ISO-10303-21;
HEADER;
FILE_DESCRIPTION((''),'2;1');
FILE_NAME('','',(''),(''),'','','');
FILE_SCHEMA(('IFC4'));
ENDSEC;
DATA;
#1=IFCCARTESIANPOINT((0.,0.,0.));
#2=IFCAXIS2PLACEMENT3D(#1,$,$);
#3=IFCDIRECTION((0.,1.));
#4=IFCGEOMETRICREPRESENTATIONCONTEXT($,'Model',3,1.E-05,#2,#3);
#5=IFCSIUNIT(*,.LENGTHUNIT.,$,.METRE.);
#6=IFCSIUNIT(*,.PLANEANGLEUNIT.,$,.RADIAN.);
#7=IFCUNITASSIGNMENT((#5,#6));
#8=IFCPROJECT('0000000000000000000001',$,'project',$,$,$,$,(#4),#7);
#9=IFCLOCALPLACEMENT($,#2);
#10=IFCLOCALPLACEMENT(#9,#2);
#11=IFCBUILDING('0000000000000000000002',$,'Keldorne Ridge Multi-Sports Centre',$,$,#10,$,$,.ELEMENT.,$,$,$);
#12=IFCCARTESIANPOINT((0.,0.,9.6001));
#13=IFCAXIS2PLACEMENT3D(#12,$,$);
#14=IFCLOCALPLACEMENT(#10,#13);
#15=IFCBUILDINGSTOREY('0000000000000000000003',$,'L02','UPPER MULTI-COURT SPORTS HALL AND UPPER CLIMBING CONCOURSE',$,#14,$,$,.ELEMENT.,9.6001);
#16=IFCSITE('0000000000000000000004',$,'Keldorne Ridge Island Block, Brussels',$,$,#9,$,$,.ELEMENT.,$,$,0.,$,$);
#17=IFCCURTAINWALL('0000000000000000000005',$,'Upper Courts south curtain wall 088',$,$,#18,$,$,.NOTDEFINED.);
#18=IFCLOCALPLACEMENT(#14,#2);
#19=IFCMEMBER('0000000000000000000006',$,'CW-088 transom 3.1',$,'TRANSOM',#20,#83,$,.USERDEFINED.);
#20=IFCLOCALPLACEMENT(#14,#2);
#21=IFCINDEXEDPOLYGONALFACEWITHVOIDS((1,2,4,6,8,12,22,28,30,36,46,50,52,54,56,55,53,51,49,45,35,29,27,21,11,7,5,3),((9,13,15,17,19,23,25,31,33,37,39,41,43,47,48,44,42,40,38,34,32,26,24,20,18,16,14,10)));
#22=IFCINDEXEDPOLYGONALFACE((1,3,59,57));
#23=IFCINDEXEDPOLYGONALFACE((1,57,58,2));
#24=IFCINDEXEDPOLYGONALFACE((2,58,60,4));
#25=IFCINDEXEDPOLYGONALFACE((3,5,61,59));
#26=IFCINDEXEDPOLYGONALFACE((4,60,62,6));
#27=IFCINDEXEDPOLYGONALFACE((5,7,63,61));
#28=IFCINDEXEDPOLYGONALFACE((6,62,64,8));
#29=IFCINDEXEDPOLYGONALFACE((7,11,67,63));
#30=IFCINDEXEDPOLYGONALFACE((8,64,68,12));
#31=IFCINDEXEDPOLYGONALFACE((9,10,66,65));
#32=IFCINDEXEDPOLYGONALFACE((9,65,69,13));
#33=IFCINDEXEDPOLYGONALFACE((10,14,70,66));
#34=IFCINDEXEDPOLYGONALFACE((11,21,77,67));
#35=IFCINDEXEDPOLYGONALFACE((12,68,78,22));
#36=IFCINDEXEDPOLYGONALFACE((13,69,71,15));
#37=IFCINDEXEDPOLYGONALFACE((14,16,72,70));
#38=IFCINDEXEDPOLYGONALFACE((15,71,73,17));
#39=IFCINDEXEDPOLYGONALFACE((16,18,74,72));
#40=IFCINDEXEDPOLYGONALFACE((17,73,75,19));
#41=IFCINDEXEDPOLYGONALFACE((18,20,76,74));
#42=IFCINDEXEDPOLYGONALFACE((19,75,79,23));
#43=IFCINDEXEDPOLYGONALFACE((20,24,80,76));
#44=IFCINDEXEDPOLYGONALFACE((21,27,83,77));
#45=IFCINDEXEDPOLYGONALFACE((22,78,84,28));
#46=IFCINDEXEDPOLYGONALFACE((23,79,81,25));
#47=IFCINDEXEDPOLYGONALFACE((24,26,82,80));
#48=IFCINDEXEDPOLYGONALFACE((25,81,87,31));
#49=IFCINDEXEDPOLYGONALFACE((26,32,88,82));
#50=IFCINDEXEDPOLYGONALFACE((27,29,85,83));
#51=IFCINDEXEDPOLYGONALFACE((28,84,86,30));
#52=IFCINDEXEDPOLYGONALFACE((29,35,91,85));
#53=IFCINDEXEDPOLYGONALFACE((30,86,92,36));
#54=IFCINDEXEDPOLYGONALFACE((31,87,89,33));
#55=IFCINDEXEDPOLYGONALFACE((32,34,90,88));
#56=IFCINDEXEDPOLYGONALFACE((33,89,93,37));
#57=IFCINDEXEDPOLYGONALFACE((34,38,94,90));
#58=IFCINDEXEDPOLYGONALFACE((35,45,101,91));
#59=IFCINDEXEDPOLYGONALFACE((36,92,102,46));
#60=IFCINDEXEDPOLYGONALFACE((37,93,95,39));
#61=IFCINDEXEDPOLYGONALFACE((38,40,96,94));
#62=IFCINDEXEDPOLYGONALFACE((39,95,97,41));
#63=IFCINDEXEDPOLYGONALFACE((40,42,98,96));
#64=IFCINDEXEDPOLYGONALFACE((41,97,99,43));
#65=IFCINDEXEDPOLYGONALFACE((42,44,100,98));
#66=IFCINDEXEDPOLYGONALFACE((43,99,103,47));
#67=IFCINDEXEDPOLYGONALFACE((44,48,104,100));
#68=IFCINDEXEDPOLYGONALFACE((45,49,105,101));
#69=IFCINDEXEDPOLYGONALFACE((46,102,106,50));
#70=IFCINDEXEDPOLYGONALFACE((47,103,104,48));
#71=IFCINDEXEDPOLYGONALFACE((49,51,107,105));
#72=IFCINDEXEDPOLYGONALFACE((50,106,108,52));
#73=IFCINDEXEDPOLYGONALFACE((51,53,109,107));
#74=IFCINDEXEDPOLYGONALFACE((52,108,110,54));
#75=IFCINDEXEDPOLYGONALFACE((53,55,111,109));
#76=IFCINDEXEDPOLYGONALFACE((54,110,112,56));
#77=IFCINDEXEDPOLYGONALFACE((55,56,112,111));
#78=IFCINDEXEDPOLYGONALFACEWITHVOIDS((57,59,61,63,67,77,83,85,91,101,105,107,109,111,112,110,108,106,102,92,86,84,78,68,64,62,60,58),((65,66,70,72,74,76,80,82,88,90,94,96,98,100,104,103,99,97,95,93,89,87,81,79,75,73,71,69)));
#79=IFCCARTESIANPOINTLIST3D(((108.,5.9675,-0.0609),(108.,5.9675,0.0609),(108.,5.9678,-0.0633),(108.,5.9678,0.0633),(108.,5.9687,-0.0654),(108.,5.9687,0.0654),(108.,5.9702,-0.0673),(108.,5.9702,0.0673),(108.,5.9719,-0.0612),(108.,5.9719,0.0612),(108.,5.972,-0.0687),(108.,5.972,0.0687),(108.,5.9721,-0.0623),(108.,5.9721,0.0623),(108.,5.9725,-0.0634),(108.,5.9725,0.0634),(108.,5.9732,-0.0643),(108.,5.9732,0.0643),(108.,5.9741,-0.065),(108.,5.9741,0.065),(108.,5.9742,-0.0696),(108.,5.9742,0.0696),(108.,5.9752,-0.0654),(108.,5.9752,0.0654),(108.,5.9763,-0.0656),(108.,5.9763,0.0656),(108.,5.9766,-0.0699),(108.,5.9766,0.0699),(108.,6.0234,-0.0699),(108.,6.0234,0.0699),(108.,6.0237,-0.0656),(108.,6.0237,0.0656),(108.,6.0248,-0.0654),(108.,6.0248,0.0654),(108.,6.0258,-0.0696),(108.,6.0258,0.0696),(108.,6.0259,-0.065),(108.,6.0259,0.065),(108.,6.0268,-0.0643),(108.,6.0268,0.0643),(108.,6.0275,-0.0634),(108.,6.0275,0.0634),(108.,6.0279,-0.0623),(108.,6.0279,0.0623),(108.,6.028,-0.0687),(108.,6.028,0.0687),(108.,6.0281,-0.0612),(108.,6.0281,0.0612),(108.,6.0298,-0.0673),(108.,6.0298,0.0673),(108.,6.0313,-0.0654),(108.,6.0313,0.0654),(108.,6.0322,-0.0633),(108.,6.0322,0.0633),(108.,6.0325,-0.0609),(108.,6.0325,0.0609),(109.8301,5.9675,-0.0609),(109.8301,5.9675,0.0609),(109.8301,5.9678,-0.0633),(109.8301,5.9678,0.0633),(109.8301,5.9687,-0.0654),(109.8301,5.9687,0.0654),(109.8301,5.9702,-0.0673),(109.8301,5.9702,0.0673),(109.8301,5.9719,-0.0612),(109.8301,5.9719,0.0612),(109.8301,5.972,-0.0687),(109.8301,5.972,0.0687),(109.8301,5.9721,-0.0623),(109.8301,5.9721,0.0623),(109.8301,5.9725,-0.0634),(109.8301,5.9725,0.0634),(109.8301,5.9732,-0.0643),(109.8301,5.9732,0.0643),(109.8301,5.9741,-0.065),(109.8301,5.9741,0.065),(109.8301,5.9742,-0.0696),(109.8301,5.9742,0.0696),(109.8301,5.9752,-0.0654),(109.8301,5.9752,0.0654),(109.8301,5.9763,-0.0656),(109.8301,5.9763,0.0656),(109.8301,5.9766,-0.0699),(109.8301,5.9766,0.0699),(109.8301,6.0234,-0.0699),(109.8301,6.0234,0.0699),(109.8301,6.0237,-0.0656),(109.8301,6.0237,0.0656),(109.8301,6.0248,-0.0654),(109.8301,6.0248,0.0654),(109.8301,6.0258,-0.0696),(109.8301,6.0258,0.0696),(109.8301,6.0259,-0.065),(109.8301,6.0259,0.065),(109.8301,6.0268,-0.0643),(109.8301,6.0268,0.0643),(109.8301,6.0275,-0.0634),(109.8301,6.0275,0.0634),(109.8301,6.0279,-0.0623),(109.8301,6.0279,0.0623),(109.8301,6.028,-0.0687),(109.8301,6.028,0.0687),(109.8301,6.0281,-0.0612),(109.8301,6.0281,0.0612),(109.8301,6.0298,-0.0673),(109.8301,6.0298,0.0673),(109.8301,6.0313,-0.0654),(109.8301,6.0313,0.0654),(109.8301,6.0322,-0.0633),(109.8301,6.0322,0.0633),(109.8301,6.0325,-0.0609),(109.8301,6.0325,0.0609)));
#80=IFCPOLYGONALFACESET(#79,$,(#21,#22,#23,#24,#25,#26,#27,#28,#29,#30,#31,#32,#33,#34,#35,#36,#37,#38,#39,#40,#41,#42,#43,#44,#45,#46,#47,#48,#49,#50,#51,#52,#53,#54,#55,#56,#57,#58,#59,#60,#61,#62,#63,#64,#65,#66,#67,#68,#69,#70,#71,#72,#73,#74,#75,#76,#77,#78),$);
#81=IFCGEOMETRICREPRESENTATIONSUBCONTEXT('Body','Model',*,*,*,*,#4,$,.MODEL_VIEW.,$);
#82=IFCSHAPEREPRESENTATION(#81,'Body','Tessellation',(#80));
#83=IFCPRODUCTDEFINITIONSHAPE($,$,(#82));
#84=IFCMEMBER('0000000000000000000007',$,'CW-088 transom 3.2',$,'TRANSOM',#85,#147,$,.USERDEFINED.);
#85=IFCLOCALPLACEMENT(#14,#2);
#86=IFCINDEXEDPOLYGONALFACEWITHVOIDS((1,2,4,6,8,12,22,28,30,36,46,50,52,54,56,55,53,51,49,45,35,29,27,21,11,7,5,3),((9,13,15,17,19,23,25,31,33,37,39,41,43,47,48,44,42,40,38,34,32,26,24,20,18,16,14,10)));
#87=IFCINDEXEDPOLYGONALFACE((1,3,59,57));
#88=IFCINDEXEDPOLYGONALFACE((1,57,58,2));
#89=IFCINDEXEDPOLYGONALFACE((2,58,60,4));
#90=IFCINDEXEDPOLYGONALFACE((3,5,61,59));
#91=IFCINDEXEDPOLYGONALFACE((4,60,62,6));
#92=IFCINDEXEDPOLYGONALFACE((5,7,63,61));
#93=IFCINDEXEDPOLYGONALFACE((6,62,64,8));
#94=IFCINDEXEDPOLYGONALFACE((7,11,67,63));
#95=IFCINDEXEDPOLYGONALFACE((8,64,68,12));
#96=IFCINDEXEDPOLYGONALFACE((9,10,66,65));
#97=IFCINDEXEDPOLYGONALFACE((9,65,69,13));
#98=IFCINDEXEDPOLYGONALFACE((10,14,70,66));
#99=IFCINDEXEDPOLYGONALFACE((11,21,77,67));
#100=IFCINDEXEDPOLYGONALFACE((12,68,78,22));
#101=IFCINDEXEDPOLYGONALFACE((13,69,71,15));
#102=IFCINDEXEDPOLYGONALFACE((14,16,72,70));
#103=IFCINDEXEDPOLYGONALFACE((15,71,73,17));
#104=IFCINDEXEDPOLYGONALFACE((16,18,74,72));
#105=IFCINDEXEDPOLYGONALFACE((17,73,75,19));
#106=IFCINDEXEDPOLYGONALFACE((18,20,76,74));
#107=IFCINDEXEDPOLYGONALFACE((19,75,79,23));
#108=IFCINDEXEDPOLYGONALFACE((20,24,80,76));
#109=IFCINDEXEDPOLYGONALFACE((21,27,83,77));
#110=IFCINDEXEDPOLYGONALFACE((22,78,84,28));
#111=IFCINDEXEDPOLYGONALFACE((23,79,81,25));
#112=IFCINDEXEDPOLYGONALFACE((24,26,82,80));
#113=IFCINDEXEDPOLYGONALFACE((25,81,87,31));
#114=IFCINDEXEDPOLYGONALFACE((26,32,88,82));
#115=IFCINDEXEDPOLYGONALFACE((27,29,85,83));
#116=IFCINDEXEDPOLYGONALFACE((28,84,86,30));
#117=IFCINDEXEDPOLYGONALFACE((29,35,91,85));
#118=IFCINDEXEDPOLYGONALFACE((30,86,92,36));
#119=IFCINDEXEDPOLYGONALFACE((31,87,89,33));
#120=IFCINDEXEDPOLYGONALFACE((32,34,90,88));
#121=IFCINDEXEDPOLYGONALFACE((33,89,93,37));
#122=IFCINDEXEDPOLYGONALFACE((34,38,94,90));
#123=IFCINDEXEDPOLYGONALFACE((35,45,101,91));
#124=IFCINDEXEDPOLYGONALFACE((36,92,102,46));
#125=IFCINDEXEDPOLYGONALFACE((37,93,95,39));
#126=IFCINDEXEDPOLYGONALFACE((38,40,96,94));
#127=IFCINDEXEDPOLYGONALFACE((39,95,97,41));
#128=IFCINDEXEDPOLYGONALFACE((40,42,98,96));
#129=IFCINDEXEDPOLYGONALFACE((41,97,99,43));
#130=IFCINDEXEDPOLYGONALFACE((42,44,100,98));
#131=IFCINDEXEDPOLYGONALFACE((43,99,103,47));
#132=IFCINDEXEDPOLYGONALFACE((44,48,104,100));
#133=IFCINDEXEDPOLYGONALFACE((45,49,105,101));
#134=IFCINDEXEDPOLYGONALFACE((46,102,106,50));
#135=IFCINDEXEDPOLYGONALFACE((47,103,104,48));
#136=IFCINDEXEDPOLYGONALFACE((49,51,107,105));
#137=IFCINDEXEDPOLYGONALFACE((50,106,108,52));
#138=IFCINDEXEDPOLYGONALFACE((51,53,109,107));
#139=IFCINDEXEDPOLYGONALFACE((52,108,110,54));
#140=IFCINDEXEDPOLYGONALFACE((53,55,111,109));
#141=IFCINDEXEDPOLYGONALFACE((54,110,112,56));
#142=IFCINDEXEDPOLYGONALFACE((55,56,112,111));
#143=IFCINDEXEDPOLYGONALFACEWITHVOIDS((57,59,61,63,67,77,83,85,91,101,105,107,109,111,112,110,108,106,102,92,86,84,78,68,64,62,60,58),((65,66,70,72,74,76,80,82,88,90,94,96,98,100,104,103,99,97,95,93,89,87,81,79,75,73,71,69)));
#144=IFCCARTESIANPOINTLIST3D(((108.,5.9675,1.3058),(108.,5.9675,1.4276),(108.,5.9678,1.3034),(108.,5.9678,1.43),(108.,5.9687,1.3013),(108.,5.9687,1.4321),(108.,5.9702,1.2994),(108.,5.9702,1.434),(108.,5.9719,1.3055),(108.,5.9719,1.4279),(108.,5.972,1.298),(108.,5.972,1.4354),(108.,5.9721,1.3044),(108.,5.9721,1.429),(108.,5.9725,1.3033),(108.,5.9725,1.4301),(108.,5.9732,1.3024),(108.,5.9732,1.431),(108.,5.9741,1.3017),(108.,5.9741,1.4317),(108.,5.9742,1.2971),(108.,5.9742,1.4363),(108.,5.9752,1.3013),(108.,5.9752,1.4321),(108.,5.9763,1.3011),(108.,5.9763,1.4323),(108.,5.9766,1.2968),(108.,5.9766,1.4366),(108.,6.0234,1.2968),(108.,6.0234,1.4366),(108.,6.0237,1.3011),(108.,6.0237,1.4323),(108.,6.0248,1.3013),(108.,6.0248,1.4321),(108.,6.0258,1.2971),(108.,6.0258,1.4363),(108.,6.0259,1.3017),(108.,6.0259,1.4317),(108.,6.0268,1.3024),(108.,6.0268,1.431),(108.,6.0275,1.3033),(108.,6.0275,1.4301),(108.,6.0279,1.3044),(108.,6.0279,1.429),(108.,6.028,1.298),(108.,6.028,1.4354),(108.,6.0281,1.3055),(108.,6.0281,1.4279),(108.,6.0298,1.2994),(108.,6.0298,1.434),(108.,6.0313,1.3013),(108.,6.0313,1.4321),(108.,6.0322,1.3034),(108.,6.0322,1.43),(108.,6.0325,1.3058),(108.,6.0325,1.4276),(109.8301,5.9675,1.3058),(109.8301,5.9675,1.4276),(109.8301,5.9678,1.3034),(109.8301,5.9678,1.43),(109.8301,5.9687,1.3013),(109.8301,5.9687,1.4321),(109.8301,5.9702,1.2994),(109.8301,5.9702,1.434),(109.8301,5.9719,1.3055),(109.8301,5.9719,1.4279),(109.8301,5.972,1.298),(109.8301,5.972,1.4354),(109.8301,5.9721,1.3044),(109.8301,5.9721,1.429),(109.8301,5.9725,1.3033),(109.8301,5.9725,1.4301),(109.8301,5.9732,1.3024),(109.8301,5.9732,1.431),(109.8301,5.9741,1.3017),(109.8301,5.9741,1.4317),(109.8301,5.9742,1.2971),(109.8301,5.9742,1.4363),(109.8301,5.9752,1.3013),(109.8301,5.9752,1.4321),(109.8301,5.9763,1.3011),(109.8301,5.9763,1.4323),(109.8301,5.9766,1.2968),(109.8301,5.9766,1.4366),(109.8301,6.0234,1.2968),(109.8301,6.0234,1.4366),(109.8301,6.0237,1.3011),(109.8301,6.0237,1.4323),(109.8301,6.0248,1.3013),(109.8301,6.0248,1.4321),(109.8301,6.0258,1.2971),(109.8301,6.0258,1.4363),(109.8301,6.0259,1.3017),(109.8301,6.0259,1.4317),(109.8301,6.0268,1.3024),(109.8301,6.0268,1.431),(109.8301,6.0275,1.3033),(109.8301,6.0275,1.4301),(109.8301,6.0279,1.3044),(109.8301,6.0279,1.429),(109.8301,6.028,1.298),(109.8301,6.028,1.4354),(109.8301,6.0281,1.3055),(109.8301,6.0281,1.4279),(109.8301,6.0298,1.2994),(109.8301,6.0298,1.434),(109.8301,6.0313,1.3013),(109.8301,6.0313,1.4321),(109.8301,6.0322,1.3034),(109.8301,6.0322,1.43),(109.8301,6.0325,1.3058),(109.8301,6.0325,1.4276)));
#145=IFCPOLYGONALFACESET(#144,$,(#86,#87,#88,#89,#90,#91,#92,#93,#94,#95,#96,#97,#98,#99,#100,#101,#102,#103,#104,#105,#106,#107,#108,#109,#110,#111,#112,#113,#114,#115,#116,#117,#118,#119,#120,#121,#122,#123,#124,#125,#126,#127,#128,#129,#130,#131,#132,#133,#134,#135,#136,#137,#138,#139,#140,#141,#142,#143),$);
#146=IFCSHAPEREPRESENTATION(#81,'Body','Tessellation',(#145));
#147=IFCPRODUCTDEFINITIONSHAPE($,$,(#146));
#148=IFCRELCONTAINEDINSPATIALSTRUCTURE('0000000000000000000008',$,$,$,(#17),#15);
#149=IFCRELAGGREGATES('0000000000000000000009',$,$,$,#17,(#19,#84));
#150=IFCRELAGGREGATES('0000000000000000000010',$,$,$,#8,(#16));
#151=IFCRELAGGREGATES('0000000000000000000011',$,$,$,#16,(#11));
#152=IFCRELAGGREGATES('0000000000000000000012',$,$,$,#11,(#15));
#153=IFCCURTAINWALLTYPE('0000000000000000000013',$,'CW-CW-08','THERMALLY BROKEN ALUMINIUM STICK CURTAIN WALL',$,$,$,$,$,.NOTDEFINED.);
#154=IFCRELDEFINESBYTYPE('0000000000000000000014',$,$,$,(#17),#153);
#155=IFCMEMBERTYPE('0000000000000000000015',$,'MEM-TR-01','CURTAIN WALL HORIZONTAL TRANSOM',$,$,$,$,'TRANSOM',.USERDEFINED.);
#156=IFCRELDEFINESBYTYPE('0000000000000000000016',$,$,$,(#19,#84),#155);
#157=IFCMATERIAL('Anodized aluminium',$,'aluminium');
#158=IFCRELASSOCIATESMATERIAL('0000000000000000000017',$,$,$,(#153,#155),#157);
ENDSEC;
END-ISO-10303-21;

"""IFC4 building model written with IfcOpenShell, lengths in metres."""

from ifc_helpers import new_model, si_unit, direction, frame, origin, origin_2d, place, context, subcontext, project, spatial, hollow_rectangle, extrude, material, material_profile, profile_set, type_object, element, aggregate, save


model = new_model("IFC4")

# Units and contexts
model_context = context("Model", 3, precision=1e-05, world=origin(), true_north=direction((0.0, 1.0)))
body_context = subcontext(model_context, "Body", "Model", "MODEL_VIEW")
ifc_project = project(units=[si_unit("LENGTHUNIT", "METRE"), si_unit("PLANEANGLEUNIT", "RADIAN")], contexts=[model_context])

# Site, building, storey
site_placement = place(None, origin())
site = spatial("IfcSite", under=ifc_project, at=site_placement, Name="Keldorne Ridge Island Block, Brussels", CompositionType="ELEMENT", RefElevation=0.0)
building_placement = place(site_placement, origin())
building = spatial("IfcBuilding", under=site, at=building_placement, Name="Keldorne Ridge Multi-Sports Centre", CompositionType="ELEMENT")
storey_placement = place(building_placement, frame((0.0, 0.0, 9.6001)))
storey = spatial("IfcBuildingStorey", under=building, at=storey_placement, Name="L02", Description="UPPER MULTI-COURT SPORTS HALL AND UPPER CLIMBING CONCOURSE", CompositionType="ELEMENT", Elevation=9.6001)

# Curtain wall, members
ifc_material_1 = material(Name="Anodized aluminium", Category="aluminium")
curtain_wall_type = type_object("IfcCurtainWallType", Name="CW-CW-08", Description="THERMALLY BROKEN ALUMINIUM STICK CURTAIN WALL", PredefinedType="NOTDEFINED", material=ifc_material_1)
curtain_wall_placement = place(storey_placement, origin())
curtain_wall = element("IfcCurtainWall", 1, at=curtain_wall_placement, inside=storey, type_object=curtain_wall_type, Name="Upper Courts south curtain wall 088", PredefinedType="NOTDEFINED")
ifc_material_profile_1 = material_profile(ifc_material_1, hollow_rectangle(XDim=0.0649, YDim=0.1399, WallThickness=0.0044, InnerFilletRadius=0.0044, OuterFilletRadius=0.009, at=origin_2d()), Name="ALU TRANSOM 140x65x4.5")
ifc_profile_set_1 = profile_set([ifc_material_profile_1], Name="Anodized aluminium")
member_type_1 = type_object("IfcMemberType", Name="MEM-TR-01", Description="CURTAIN WALL HORIZONTAL TRANSOM", ElementType="TRANSOM", PredefinedType="USERDEFINED", material=ifc_profile_set_1)
member_1_placement = place(storey_placement, frame((108.0, 6.0, 0.0), z_axis=(1.0, 0.0, 0.0), x_axis=(0.0, 1.0, 0.0)))
member_1 = element("IfcMember", 2, at=member_1_placement, type_object=member_type_1, Name="CW-088 transom 3.1", ObjectType="TRANSOM", PredefinedType="USERDEFINED", context=body_context, shape_type="SweptSolid", body=[
    extrude(hollow_rectangle(XDim=0.0649, YDim=0.1399, WallThickness=0.0044, InnerFilletRadius=0.0044, OuterFilletRadius=0.009, at=origin_2d()), origin(), (0.0, 0.0, 1.0), 1.8301),
])
member_2_placement = place(storey_placement, frame((108.0, 6.0, 1.3667), z_axis=(1.0, 0.0, 0.0), x_axis=(0.0, 1.0, 0.0)))
member_2 = element("IfcMember", 3, at=member_2_placement, type_object=member_type_1, Name="CW-088 transom 3.2", ObjectType="TRANSOM", PredefinedType="USERDEFINED", context=body_context, shape_type="SweptSolid", body=[
    extrude(hollow_rectangle(XDim=0.0649, YDim=0.1399, WallThickness=0.0044, InnerFilletRadius=0.0044, OuterFilletRadius=0.009, at=origin_2d()), origin(), (0.0, 0.0, 1.0), 1.8301),
])
aggregate(curtain_wall, [member_1, member_2])

save(model, "model.ifc")
